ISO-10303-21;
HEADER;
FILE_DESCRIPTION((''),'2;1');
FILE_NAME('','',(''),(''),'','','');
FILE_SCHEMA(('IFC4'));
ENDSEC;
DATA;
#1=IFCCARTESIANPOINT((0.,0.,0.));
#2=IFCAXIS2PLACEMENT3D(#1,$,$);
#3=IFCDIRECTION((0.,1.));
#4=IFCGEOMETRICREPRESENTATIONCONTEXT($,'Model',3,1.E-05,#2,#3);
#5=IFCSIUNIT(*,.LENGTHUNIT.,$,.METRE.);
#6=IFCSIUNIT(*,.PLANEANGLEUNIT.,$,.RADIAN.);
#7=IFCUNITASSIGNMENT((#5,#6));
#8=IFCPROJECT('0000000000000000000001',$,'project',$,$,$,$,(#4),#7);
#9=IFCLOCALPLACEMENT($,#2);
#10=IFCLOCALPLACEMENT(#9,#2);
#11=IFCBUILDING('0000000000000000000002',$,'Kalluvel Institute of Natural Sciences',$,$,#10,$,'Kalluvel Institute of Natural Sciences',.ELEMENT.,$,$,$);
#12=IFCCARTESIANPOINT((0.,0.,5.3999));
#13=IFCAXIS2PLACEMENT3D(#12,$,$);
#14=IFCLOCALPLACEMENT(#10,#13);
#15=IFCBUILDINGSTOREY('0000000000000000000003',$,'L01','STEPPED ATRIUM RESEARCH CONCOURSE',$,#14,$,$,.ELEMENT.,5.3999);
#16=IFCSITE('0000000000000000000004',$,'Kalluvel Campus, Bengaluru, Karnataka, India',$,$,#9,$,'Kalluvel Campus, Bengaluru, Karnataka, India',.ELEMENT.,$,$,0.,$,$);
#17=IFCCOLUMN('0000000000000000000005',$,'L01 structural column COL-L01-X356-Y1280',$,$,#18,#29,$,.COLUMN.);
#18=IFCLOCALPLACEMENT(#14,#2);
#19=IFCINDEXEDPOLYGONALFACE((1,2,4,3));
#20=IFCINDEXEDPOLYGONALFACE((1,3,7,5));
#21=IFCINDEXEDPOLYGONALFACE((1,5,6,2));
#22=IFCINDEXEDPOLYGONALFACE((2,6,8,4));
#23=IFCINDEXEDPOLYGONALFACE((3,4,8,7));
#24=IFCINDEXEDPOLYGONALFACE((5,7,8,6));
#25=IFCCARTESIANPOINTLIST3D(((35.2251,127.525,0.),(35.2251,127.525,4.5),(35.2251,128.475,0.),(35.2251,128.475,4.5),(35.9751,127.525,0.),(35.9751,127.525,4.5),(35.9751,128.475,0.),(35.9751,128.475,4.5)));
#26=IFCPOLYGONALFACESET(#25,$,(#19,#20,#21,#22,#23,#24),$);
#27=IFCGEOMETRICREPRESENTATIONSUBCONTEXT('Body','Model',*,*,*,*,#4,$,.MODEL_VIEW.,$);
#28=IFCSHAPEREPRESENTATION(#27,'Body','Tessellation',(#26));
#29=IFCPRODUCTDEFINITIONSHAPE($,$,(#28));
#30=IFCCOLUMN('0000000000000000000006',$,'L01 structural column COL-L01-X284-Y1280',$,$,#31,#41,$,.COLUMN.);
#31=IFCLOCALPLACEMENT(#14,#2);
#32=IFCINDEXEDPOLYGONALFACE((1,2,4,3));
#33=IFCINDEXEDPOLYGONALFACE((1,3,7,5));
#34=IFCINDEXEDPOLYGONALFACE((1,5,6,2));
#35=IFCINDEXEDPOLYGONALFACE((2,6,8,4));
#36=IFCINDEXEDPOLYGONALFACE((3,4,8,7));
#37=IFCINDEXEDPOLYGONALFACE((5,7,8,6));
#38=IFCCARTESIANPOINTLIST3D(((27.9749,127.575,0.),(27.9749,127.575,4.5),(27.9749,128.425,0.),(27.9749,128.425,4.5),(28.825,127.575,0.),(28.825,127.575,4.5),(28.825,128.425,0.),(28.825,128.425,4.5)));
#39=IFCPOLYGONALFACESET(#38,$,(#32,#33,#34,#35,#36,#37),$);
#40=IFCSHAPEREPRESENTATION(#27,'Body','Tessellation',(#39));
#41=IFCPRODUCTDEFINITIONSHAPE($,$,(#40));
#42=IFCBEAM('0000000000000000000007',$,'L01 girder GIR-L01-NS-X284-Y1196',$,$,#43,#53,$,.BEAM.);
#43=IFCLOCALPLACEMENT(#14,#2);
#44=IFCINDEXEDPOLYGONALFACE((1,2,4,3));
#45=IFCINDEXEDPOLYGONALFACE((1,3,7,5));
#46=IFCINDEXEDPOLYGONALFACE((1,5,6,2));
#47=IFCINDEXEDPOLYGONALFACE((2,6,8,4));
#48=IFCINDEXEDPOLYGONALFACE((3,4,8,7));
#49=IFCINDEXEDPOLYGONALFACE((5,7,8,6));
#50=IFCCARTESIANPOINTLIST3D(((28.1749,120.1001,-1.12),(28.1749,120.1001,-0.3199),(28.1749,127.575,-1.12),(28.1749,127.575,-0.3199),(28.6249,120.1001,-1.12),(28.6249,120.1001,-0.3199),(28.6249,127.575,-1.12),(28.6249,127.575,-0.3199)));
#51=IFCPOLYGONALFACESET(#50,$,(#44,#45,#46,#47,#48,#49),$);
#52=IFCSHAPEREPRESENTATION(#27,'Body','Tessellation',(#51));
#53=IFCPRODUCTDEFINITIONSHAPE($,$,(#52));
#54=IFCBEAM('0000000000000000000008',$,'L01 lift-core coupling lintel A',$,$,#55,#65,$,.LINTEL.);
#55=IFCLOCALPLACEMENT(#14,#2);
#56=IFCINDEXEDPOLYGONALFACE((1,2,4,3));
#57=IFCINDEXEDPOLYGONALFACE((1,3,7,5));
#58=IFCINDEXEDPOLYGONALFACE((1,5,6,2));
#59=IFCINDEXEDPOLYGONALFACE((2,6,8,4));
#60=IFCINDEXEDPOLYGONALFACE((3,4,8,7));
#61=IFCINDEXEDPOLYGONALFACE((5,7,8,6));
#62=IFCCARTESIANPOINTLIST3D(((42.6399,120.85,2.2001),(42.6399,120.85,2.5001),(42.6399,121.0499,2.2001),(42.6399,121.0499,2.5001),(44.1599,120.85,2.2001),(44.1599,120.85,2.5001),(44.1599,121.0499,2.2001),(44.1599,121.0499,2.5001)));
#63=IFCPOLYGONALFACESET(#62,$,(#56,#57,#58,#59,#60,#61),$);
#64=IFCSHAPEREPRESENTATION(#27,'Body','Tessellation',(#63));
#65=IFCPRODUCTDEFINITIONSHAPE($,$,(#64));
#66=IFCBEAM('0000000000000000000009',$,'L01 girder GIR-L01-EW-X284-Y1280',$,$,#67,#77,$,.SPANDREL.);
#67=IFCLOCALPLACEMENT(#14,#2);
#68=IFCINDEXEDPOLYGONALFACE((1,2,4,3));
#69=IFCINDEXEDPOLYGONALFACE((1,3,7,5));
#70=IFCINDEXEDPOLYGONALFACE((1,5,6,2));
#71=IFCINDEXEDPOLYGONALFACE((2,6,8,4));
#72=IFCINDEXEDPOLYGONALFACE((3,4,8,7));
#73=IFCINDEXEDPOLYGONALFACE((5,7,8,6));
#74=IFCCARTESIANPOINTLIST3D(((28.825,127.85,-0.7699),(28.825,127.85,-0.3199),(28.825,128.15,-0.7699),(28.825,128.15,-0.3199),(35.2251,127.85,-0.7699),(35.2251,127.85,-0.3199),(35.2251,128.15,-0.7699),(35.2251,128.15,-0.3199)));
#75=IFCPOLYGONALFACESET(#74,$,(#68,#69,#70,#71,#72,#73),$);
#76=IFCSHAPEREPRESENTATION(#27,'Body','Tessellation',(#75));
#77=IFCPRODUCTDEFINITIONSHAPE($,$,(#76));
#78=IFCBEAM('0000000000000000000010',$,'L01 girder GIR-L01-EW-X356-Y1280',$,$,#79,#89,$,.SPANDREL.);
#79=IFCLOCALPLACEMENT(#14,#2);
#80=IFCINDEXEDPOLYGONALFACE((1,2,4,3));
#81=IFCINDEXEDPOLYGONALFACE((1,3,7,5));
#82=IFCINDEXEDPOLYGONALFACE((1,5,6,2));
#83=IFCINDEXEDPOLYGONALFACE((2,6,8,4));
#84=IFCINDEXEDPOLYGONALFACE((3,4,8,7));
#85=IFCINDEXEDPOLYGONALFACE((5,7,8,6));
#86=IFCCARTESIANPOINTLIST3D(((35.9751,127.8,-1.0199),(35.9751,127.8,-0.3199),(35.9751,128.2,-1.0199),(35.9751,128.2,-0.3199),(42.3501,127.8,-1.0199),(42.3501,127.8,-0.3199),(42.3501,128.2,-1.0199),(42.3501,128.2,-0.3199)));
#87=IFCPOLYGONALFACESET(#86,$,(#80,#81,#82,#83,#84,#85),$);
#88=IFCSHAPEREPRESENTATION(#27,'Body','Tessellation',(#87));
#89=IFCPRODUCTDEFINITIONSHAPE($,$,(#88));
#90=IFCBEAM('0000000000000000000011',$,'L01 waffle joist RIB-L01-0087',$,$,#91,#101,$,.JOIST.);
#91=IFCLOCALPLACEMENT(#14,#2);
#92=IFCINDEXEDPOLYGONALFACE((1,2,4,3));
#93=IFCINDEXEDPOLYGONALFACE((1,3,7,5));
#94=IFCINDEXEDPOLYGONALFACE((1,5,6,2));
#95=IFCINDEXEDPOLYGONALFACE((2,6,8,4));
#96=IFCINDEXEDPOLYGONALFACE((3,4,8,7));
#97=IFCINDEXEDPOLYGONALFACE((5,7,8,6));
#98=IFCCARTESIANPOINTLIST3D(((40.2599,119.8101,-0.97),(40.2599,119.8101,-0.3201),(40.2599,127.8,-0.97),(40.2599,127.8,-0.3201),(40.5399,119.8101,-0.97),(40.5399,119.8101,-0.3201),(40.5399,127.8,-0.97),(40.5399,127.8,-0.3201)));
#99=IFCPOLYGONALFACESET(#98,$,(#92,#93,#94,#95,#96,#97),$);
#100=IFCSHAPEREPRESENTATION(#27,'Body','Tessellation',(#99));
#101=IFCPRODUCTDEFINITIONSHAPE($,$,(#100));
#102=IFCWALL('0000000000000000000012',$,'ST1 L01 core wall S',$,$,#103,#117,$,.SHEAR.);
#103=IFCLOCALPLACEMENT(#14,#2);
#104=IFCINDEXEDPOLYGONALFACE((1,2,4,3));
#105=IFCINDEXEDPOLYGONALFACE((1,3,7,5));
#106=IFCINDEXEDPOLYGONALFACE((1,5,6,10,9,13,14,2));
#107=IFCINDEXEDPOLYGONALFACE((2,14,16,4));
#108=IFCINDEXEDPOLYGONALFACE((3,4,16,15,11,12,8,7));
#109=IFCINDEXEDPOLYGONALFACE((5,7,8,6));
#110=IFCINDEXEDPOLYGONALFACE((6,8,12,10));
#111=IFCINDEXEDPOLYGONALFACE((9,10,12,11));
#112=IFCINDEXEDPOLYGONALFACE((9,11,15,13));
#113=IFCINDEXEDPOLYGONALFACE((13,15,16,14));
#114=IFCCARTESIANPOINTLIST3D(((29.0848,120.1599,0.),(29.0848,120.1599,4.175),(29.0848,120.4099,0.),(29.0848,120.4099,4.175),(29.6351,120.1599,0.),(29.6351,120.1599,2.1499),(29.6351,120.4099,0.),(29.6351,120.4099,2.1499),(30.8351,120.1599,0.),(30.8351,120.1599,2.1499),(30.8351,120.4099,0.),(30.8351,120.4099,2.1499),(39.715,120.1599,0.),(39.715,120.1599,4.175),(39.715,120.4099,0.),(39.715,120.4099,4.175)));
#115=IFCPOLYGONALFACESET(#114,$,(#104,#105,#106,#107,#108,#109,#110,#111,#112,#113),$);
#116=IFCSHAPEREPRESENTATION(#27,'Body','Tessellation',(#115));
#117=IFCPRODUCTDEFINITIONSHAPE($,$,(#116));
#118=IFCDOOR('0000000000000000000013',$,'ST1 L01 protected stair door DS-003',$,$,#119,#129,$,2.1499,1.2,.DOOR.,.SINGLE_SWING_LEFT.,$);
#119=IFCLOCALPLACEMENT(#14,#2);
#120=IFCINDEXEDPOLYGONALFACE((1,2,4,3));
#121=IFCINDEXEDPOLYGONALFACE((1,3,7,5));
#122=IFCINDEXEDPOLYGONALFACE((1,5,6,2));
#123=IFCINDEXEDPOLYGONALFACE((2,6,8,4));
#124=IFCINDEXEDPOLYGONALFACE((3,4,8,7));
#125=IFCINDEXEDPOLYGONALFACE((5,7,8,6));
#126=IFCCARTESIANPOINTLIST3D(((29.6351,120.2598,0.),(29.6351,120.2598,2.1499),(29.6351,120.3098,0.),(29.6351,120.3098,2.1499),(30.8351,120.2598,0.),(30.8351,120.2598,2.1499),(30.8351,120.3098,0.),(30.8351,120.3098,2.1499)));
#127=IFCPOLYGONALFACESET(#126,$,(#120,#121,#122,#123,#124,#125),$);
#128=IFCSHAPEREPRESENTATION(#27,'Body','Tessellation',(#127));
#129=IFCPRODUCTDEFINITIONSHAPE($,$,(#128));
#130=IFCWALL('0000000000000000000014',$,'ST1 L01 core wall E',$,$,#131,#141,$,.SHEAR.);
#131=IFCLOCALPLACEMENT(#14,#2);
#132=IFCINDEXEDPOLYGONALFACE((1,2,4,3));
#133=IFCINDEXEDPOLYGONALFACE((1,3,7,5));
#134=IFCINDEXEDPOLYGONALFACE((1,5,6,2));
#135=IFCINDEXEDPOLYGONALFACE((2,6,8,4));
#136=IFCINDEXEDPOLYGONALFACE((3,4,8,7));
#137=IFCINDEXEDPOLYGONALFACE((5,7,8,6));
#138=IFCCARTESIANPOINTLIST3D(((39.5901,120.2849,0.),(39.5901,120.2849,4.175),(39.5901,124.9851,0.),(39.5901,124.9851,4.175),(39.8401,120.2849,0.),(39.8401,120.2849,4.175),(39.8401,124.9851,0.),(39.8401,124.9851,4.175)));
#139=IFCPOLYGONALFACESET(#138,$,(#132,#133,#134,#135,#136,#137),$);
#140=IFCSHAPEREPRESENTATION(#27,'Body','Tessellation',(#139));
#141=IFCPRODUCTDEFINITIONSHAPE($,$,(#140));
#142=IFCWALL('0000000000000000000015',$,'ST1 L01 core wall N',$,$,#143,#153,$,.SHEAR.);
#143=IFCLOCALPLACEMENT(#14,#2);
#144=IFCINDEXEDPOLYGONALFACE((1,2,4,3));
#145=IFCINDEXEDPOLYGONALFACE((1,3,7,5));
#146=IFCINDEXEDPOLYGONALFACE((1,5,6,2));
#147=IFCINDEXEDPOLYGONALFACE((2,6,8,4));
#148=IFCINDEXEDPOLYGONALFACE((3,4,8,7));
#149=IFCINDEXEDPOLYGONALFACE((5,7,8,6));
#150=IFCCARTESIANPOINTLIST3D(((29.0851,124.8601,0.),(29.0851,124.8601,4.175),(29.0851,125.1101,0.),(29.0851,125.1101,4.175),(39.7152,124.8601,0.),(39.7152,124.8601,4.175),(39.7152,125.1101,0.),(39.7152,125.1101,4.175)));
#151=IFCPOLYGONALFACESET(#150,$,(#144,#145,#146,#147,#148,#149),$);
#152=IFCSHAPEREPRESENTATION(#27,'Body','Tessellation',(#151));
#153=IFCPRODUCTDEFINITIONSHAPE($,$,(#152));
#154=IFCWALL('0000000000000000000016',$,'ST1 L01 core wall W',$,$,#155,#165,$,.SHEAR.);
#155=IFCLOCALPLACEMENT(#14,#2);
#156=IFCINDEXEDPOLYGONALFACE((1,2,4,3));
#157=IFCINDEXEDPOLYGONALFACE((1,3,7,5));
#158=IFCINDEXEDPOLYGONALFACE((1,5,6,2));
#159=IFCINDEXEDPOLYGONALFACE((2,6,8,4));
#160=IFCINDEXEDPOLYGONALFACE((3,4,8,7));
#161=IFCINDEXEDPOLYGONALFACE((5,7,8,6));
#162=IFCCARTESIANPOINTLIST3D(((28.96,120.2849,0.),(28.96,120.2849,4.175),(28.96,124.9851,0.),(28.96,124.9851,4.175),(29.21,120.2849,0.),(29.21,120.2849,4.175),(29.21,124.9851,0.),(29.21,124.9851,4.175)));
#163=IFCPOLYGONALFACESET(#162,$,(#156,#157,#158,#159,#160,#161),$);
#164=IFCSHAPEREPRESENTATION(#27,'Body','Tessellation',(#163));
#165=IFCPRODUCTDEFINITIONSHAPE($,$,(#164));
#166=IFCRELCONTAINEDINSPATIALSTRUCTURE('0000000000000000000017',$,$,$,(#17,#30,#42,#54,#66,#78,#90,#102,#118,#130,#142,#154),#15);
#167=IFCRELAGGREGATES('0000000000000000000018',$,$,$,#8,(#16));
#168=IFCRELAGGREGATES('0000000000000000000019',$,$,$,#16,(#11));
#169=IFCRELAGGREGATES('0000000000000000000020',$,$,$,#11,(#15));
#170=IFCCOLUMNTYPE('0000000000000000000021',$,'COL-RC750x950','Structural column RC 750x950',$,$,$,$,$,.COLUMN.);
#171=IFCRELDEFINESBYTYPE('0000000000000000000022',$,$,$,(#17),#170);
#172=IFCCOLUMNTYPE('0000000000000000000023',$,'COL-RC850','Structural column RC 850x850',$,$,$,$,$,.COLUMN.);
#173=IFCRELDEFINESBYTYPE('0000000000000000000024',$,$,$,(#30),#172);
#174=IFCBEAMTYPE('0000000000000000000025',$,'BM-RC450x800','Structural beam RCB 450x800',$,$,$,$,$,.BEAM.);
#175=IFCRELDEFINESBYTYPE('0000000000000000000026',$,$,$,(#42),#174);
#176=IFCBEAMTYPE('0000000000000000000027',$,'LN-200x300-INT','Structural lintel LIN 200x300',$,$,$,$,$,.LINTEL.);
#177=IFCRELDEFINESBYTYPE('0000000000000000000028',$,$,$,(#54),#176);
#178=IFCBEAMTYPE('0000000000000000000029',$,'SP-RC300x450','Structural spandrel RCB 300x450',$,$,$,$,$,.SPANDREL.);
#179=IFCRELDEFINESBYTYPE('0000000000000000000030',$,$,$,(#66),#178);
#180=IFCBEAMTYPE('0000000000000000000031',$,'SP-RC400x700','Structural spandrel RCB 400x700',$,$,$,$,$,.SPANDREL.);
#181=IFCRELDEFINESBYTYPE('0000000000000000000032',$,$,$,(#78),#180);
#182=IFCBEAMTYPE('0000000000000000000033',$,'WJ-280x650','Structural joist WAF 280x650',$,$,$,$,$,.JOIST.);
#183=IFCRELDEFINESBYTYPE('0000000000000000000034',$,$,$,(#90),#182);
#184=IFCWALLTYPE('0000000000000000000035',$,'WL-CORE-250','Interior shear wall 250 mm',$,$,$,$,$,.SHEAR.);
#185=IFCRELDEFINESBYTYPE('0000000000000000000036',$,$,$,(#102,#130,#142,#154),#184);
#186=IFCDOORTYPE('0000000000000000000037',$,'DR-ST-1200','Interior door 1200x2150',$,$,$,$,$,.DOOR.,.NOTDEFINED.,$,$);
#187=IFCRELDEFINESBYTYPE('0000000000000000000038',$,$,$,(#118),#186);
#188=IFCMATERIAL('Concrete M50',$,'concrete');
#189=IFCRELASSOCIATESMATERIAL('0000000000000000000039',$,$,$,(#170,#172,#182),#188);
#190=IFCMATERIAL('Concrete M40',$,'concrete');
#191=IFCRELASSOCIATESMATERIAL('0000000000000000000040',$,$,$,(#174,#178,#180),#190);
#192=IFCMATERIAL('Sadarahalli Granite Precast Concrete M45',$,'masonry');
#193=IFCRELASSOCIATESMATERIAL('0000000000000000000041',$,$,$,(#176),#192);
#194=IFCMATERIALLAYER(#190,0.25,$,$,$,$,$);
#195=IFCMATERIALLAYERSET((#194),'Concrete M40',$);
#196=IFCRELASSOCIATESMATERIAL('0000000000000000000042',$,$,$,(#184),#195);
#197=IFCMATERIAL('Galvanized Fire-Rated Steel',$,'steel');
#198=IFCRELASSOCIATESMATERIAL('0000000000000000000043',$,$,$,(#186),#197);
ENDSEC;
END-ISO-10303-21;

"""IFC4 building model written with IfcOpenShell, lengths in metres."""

from ifc_helpers import new_model, si_unit, direction, frame, frame_2d, origin, origin_2d, place, context, subcontext, project, spatial, rectangle, extrude, material, layer, layer_set, material_profile, profile_set, type_object, element, fill, save


model = new_model("IFC4")

# Units and contexts
model_context = context("Model", 3, precision=1e-05, world=origin(), true_north=direction((0.0, 1.0)))
body_context = subcontext(model_context, "Body", "Model", "MODEL_VIEW")
ifc_project = project(units=[si_unit("LENGTHUNIT", "METRE"), si_unit("PLANEANGLEUNIT", "RADIAN")], contexts=[model_context])

# Site, building, storey
site_placement = place(None, origin())
site = spatial("IfcSite", under=ifc_project, at=site_placement, Name="Kalluvel Campus, Bengaluru, Karnataka, India", LongName="Kalluvel Campus, Bengaluru, Karnataka, India", CompositionType="ELEMENT", RefElevation=0.0)
building_placement = place(site_placement, origin())
building = spatial("IfcBuilding", under=site, at=building_placement, Name="Kalluvel Institute of Natural Sciences", LongName="Kalluvel Institute of Natural Sciences", CompositionType="ELEMENT")
storey_placement = place(building_placement, frame((0.0, 0.0, 5.3999)))
storey = spatial("IfcBuildingStorey", under=building, at=storey_placement, Name="L01", Description="STEPPED ATRIUM RESEARCH CONCOURSE", CompositionType="ELEMENT", Elevation=5.3999)

# Columns
ifc_material_1 = material(Name="Concrete M50", Category="concrete")
ifc_material_profile_1 = material_profile(ifc_material_1, rectangle(XDim=0.75, YDim=0.95, at=origin_2d()), Name="RC 750x950")
ifc_profile_set_1 = profile_set([ifc_material_profile_1], Name="Concrete M50")
column_type_1 = type_object("IfcColumnType", Name="COL-RC750x950", Description="Structural column RC 750x950", PredefinedType="COLUMN", material=ifc_profile_set_1)
column_1_placement = place(storey_placement, frame((35.6001, 128.0, 0.0), z_axis=(0.0, 0.0, 1.0), x_axis=(1.0, 0.0, 0.0)))
element("IfcColumn", 1, at=column_1_placement, inside=storey, type_object=column_type_1, Name="L01 structural column COL-L01-X356-Y1280", PredefinedType="COLUMN", context=body_context, shape_type="SweptSolid", body=[
    extrude(rectangle(XDim=0.75, YDim=0.95, at=origin_2d()), origin(), (0.0, 0.0, 1.0), 4.5),
])
ifc_material_profile_2 = material_profile(ifc_material_1, rectangle(XDim=0.8501, YDim=0.8501, at=origin_2d()), Name="RC 850x850")
ifc_profile_set_2 = profile_set([ifc_material_profile_2], Name="Concrete M50")
column_type_2 = type_object("IfcColumnType", Name="COL-RC850", Description="Structural column RC 850x850", PredefinedType="COLUMN", material=ifc_profile_set_2)
column_2_placement = place(storey_placement, frame((28.3999, 128.0, 0.0), z_axis=(0.0, 0.0, 1.0), x_axis=(1.0, 0.0, 0.0)))
element("IfcColumn", 2, at=column_2_placement, inside=storey, type_object=column_type_2, Name="L01 structural column COL-L01-X284-Y1280", PredefinedType="COLUMN", context=body_context, shape_type="SweptSolid", body=[
    extrude(rectangle(XDim=0.8501, YDim=0.8501, at=origin_2d()), origin(), (0.0, 0.0, 1.0), 4.5),
])

# Beams
ifc_material_2 = material(Name="Concrete M40", Category="concrete")
ifc_material_profile_3 = material_profile(ifc_material_2, rectangle(XDim=0.45, YDim=0.8, at=origin_2d()), Name="RCB 450x800")
ifc_profile_set_3 = profile_set([ifc_material_profile_3], Name="Concrete M40")
beam_type_1 = type_object("IfcBeamType", Name="BM-RC450x800", Description="Structural beam RCB 450x800", PredefinedType="BEAM", material=ifc_profile_set_3)
beam_1_placement = place(storey_placement, frame((28.3999, 120.1001, -0.72), z_axis=(0.0, 1.0, 0.0), x_axis=(-1.0, 0.0, 0.0)))
element("IfcBeam", 3, at=beam_1_placement, inside=storey, type_object=beam_type_1, Name="L01 girder GIR-L01-NS-X284-Y1196", PredefinedType="BEAM", context=body_context, shape_type="SweptSolid", body=[
    extrude(rectangle(XDim=0.45, YDim=0.8, at=origin_2d()), origin(), (0.0, 0.0, 1.0), 7.4749),
])
ifc_material_3 = material(Name="Sadarahalli Granite Precast Concrete M45", Category="masonry")
ifc_material_profile_4 = material_profile(ifc_material_3, rectangle(XDim=0.2, YDim=0.3, at=origin_2d()), Name="LIN 200x300")
ifc_profile_set_4 = profile_set([ifc_material_profile_4], Name="Sadarahalli Granite Precast Concrete M45")
beam_type_2 = type_object("IfcBeamType", Name="LN-200x300-INT", Description="Structural lintel LIN 200x300", PredefinedType="LINTEL", material=ifc_profile_set_4)
beam_2_placement = place(storey_placement, frame((42.6399, 120.95, 2.3501), z_axis=(1.0, 0.0, 0.0), x_axis=(0.0, 1.0, 0.0)))
element("IfcBeam", 4, at=beam_2_placement, inside=storey, type_object=beam_type_2, Name="L01 lift-core coupling lintel A", PredefinedType="LINTEL", context=body_context, shape_type="SweptSolid", body=[
    extrude(rectangle(XDim=0.2, YDim=0.3, at=origin_2d()), origin(), (0.0, 0.0, 1.0), 1.52),
])
ifc_material_profile_5 = material_profile(ifc_material_2, rectangle(XDim=0.3, YDim=0.45, at=origin_2d()), Name="RCB 300x450")
ifc_profile_set_5 = profile_set([ifc_material_profile_5], Name="Concrete M40")
beam_type_3 = type_object("IfcBeamType", Name="SP-RC300x450", Description="Structural spandrel RCB 300x450", PredefinedType="SPANDREL", material=ifc_profile_set_5)
beam_3_placement = place(storey_placement, frame((28.825, 128.0, -0.5449), z_axis=(1.0, 0.0, 0.0), x_axis=(0.0, 1.0, 0.0)))
element("IfcBeam", 5, at=beam_3_placement, inside=storey, type_object=beam_type_3, Name="L01 girder GIR-L01-EW-X284-Y1280", PredefinedType="SPANDREL", context=body_context, shape_type="SweptSolid", body=[
    extrude(rectangle(XDim=0.3, YDim=0.45, at=origin_2d()), origin(), (0.0, 0.0, 1.0), 6.4001),
])
ifc_material_profile_6 = material_profile(ifc_material_2, rectangle(XDim=0.3999, YDim=0.7, at=origin_2d()), Name="RCB 400x700")
ifc_profile_set_6 = profile_set([ifc_material_profile_6], Name="Concrete M40")
beam_type_4 = type_object("IfcBeamType", Name="SP-RC400x700", Description="Structural spandrel RCB 400x700", PredefinedType="SPANDREL", material=ifc_profile_set_6)
beam_4_placement = place(storey_placement, frame((35.9751, 128.0, -0.6699), z_axis=(1.0, 0.0, 0.0), x_axis=(0.0, 1.0, 0.0)))
element("IfcBeam", 6, at=beam_4_placement, inside=storey, type_object=beam_type_4, Name="L01 girder GIR-L01-EW-X356-Y1280", PredefinedType="SPANDREL", context=body_context, shape_type="SweptSolid", body=[
    extrude(rectangle(XDim=0.3999, YDim=0.7, at=origin_2d()), origin(), (0.0, 0.0, 1.0), 6.375),
])
ifc_material_profile_7 = material_profile(ifc_material_1, rectangle(XDim=0.28, YDim=0.6499, at=origin_2d()), Name="WAF 280x650")
ifc_profile_set_7 = profile_set([ifc_material_profile_7], Name="Concrete M50")
beam_type_5 = type_object("IfcBeamType", Name="WJ-280x650", Description="Structural joist WAF 280x650", PredefinedType="JOIST", material=ifc_profile_set_7)
beam_5_placement = place(storey_placement, frame((40.3999, 119.8101, -0.645), z_axis=(0.0, 1.0, 0.0), x_axis=(-1.0, 0.0, 0.0)))
element("IfcBeam", 7, at=beam_5_placement, inside=storey, type_object=beam_type_5, Name="L01 waffle joist RIB-L01-0087", PredefinedType="JOIST", context=body_context, shape_type="SweptSolid", body=[
    extrude(rectangle(XDim=0.28, YDim=0.6499, at=origin_2d()), origin(), (0.0, 0.0, 1.0), 7.99),
])

# Wall, opening, door
ifc_layer_1 = layer(ifc_material_2, 0.25)
ifc_layer_set_1 = layer_set([ifc_layer_1], Name="Concrete M40")
wall_type_1 = type_object("IfcWallType", Name="WL-CORE-250", Description="Interior shear wall 250 mm", PredefinedType="SHEAR", material=ifc_layer_set_1)
wall_1_placement = place(storey_placement, frame((29.085, 120.2849, 0.0), z_axis=(0.0, 0.0, 1.0), x_axis=(1.0, 0.0, 0.0)))
wall_1 = element("IfcWall", 8, at=wall_1_placement, inside=storey, type_object=wall_type_1, Name="ST1 L01 core wall S", PredefinedType="SHEAR", context=body_context, shape_type="SweptSolid", body=[
    extrude(rectangle(XDim=10.6301, YDim=0.25, at=frame_2d((5.3149, 0.0))), origin(), (0.0, 0.0, 1.0), 4.175),
])
opening_1_placement = place(wall_1_placement, frame((0.55, 0.0, 0.0)))
opening_1 = element("IfcOpeningElement", 9, at=opening_1_placement, cuts=wall_1, PredefinedType="OPENING", context=body_context, shape_type="SweptSolid", body=[
    extrude(rectangle(XDim=1.2, YDim=2.1499, at=frame_2d((0.6001, 1.075))), frame((0.0, 0.135, 0.0), z_axis=(0.0, -1.0, 0.0), x_axis=(1.0, 0.0, 0.0)), (0.0, 0.0, 1.0), 0.27),
])
ifc_material_4 = material(Name="Galvanized Fire-Rated Steel", Category="steel")
door_type_1 = type_object("IfcDoorType", Name="DR-ST-1200", Description="Interior door 1200x2150", OperationType="NOTDEFINED", PredefinedType="DOOR", material=ifc_material_4)
door_1_placement = place(opening_1_placement, origin())
door_1 = element("IfcDoor", 10, at=door_1_placement, inside=storey, type_object=door_type_1, Name="ST1 L01 protected stair door DS-003", OperationType="SINGLE_SWING_LEFT", OverallHeight=2.1499, OverallWidth=1.2, PredefinedType="DOOR", context=body_context, shape_type="SweptSolid", body=[
    extrude(rectangle(XDim=1.2, YDim=2.1499, at=frame_2d((0.6001, 1.075))), frame((0.0, 0.0249, 0.0), z_axis=(0.0, -1.0, 0.0), x_axis=(1.0, 0.0, 0.0)), (0.0, 0.0, 1.0), 0.05),
])
fill(opening_1, door_1)

# Walls
wall_2_placement = place(storey_placement, frame((39.7151, 120.2849, 0.0), z_axis=(0.0, 0.0, 1.0), x_axis=(0.0, 1.0, 0.0)))
element("IfcWall", 11, at=wall_2_placement, inside=storey, type_object=wall_type_1, Name="ST1 L01 core wall E", PredefinedType="SHEAR", context=body_context, shape_type="SweptSolid", body=[
    extrude(rectangle(XDim=4.7002, YDim=0.25, at=frame_2d((2.3501, 0.0))), origin(), (0.0, 0.0, 1.0), 4.175),
])
wall_3_placement = place(storey_placement, frame((39.7151, 124.9851, 0.0), z_axis=(0.0, 0.0, 1.0), x_axis=(-1.0, 0.0, 0.0)))
element("IfcWall", 12, at=wall_3_placement, inside=storey, type_object=wall_type_1, Name="ST1 L01 core wall N", PredefinedType="SHEAR", context=body_context, shape_type="SweptSolid", body=[
    extrude(rectangle(XDim=10.6301, YDim=0.25, at=frame_2d((5.3149, 0.0))), origin(), (0.0, 0.0, 1.0), 4.175),
])
wall_4_placement = place(storey_placement, frame((29.085, 124.9851, 0.0), z_axis=(0.0, 0.0, 1.0), x_axis=(0.0, -1.0, 0.0)))
element("IfcWall", 13, at=wall_4_placement, inside=storey, type_object=wall_type_1, Name="ST1 L01 core wall W", PredefinedType="SHEAR", context=body_context, shape_type="SweptSolid", body=[
    extrude(rectangle(XDim=4.7002, YDim=0.25, at=frame_2d((2.3501, 0.0))), origin(), (0.0, 0.0, 1.0), 4.175),
])

save(model, "model.ifc")
